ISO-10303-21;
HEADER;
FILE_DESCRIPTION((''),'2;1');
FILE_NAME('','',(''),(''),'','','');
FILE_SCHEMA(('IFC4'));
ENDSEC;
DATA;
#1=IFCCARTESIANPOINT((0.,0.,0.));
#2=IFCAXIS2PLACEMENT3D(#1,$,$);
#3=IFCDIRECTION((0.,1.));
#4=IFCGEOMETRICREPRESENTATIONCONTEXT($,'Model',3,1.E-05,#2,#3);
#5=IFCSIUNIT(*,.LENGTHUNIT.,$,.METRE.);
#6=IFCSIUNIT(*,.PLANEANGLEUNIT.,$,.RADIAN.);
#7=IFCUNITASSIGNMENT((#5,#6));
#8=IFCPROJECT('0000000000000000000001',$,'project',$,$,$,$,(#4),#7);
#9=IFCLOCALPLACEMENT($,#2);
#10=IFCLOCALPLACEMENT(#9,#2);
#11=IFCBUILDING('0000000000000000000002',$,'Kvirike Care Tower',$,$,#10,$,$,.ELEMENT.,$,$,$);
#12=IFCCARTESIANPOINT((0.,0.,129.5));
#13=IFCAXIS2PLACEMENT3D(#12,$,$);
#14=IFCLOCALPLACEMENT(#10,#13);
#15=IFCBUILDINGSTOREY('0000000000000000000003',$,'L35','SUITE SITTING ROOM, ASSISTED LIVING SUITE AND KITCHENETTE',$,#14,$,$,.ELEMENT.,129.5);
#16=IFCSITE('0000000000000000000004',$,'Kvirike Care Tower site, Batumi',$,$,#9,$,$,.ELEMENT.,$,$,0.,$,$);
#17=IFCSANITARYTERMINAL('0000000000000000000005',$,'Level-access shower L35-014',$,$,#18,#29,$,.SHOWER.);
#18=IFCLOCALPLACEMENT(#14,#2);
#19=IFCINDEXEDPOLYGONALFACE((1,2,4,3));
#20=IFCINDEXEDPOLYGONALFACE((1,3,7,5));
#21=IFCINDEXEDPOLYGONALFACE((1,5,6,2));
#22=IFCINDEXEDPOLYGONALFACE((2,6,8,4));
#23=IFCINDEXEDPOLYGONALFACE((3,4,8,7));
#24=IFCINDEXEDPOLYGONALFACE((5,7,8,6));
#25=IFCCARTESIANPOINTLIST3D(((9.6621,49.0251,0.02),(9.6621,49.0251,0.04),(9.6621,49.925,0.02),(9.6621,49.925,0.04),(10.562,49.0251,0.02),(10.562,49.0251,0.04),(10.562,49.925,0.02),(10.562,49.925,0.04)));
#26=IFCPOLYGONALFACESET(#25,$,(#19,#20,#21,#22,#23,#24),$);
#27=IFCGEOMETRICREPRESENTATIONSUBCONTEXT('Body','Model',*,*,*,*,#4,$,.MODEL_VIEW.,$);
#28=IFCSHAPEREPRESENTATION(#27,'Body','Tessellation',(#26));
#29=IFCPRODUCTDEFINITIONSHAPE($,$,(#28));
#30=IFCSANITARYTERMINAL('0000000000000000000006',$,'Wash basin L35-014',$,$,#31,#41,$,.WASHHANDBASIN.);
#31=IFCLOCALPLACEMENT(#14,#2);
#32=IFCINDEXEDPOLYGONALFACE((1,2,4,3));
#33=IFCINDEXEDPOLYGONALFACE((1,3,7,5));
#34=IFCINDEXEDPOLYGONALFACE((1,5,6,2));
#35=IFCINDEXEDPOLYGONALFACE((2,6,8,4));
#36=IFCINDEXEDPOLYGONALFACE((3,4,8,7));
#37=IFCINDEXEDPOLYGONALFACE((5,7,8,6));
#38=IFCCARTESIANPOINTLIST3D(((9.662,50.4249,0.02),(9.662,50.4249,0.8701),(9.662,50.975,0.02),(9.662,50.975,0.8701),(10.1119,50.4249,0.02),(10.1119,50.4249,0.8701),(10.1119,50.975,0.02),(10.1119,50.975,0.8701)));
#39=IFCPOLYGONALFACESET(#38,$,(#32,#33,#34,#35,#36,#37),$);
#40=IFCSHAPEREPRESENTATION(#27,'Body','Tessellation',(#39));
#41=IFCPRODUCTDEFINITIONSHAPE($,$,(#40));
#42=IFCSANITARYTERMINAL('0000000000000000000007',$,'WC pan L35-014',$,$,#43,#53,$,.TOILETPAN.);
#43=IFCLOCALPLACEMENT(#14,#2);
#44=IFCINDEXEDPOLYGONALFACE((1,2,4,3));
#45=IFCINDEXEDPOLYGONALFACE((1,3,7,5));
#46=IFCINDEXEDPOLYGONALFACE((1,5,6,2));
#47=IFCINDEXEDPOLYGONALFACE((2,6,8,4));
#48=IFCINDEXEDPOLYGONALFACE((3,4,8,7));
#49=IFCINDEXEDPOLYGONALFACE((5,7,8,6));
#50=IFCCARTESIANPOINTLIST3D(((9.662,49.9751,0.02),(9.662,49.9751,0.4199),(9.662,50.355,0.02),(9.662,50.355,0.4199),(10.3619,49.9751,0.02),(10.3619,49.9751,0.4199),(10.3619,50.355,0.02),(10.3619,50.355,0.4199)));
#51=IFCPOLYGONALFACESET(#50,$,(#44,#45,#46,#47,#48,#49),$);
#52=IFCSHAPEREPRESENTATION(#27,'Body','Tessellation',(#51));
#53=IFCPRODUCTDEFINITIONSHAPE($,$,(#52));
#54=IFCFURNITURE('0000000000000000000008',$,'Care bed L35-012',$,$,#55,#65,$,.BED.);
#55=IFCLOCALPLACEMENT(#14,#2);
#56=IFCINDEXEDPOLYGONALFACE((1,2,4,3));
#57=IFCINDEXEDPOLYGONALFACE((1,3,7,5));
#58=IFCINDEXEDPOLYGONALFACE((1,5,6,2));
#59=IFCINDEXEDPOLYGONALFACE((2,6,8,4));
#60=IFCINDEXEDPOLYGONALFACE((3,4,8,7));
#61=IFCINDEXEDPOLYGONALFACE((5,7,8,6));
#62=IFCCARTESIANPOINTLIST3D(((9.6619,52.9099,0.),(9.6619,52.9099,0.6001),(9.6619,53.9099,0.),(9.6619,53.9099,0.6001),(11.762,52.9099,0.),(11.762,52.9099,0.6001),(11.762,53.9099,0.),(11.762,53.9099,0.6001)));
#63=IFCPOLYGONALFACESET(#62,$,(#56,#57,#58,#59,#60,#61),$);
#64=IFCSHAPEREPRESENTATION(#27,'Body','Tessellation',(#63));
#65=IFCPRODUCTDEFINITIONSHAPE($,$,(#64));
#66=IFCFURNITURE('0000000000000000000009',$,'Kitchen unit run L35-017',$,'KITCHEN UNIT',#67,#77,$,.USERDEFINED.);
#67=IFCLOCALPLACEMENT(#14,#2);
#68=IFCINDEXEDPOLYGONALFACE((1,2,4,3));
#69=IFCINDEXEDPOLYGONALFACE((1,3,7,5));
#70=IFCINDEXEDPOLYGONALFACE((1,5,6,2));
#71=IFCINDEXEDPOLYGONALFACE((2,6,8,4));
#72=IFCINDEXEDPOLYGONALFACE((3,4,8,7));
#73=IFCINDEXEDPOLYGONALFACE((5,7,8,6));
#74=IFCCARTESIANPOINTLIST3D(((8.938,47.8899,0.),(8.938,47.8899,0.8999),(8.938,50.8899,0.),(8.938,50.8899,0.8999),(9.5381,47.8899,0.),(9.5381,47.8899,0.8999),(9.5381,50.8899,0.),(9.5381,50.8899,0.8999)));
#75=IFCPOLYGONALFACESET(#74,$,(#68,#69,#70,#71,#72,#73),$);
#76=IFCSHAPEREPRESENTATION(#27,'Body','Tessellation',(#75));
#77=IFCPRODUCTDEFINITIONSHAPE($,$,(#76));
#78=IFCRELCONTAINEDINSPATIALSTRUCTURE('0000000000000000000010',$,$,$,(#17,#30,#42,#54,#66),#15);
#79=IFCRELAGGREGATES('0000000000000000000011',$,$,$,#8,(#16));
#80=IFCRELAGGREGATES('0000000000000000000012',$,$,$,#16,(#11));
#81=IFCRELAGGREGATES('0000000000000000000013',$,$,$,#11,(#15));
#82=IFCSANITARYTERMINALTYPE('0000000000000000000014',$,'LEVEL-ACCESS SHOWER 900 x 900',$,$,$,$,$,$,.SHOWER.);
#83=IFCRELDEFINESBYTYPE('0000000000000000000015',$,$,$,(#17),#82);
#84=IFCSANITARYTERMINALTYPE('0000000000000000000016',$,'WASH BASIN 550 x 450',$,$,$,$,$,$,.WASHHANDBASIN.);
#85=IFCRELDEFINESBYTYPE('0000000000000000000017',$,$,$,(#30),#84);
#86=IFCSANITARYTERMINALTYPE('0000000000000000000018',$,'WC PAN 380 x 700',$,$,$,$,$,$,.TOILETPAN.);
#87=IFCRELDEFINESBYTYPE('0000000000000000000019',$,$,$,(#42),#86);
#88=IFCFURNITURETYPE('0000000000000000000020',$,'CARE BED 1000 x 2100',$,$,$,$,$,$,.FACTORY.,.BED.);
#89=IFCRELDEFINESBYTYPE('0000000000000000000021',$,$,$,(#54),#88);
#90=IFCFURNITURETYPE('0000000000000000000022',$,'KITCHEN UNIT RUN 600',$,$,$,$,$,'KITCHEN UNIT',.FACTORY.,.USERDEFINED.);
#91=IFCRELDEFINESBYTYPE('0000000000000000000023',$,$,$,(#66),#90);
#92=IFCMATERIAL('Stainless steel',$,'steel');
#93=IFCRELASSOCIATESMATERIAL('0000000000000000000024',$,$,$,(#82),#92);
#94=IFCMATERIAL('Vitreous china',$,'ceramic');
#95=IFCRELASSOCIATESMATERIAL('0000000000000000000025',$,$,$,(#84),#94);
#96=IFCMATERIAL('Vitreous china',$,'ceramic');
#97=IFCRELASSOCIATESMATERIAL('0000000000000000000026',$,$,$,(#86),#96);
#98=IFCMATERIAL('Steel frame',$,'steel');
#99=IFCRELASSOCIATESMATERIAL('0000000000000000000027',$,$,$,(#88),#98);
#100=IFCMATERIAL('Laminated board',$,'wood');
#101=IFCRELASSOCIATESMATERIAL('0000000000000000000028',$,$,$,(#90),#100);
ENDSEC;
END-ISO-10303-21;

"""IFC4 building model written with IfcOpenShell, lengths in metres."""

from ifc_helpers import new_model, si_unit, direction, frame, origin, origin_2d, place, context, subcontext, project, spatial, rectangle, extrude, material, type_object, element, save


model = new_model("IFC4")

# Units and contexts
model_context = context("Model", 3, precision=1e-05, world=origin(), true_north=direction((0.0, 1.0)))
body_context = subcontext(model_context, "Body", "Model", "MODEL_VIEW")
ifc_project = project(units=[si_unit("LENGTHUNIT", "METRE"), si_unit("PLANEANGLEUNIT", "RADIAN")], contexts=[model_context])

# Site, building, storey
site_placement = place(None, origin())
site = spatial("IfcSite", under=ifc_project, at=site_placement, Name="Kvirike Care Tower site, Batumi", CompositionType="ELEMENT", RefElevation=0.0)
building_placement = place(site_placement, origin())
building = spatial("IfcBuilding", under=site, at=building_placement, Name="Kvirike Care Tower", CompositionType="ELEMENT")
storey_placement = place(building_placement, frame((0.0, 0.0, 129.5)))
storey = spatial("IfcBuildingStorey", under=building, at=storey_placement, Name="L35", Description="SUITE SITTING ROOM, ASSISTED LIVING SUITE AND KITCHENETTE", CompositionType="ELEMENT", Elevation=129.5)

# Sanitary terminals
ifc_material_1 = material(Name="Stainless steel", Category="steel")
sanitary_terminal_type_1 = type_object("IfcSanitaryTerminalType", Name="LEVEL-ACCESS SHOWER 900 x 900", PredefinedType="SHOWER", material=ifc_material_1)
sanitary_terminal_1_placement = place(storey_placement, frame((10.1121, 49.4751, 0.02), z_axis=(0.0, 0.0, 1.0), x_axis=(0.0, 1.0, 0.0)))
element("IfcSanitaryTerminal", 1, at=sanitary_terminal_1_placement, inside=storey, type_object=sanitary_terminal_type_1, Name="Level-access shower L35-014", PredefinedType="SHOWER", context=body_context, shape_type="SweptSolid", body=[
    extrude(rectangle(XDim=0.8999, YDim=0.8999, at=origin_2d()), origin(), (0.0, 0.0, 1.0), 0.02),
])
ifc_material_2 = material(Name="Vitreous china", Category="ceramic")
sanitary_terminal_type_2 = type_object("IfcSanitaryTerminalType", Name="WASH BASIN 550 x 450", PredefinedType="WASHHANDBASIN", material=ifc_material_2)
sanitary_terminal_2_placement = place(storey_placement, frame((9.887, 50.7, 0.02), z_axis=(0.0, 0.0, 1.0), x_axis=(0.0, 1.0, 0.0)))
element("IfcSanitaryTerminal", 2, at=sanitary_terminal_2_placement, inside=storey, type_object=sanitary_terminal_type_2, Name="Wash basin L35-014", PredefinedType="WASHHANDBASIN", context=body_context, shape_type="SweptSolid", body=[
    extrude(rectangle(XDim=0.55, YDim=0.45, at=origin_2d()), origin(), (0.0, 0.0, 1.0), 0.8501),
])
ifc_material_3 = material(Name="Vitreous china", Category="ceramic")
sanitary_terminal_type_3 = type_object("IfcSanitaryTerminalType", Name="WC PAN 380 x 700", PredefinedType="TOILETPAN", material=ifc_material_3)
sanitary_terminal_3_placement = place(storey_placement, frame((10.012, 50.165, 0.02), z_axis=(0.0, 0.0, 1.0), x_axis=(0.0, 1.0, 0.0)))
element("IfcSanitaryTerminal", 3, at=sanitary_terminal_3_placement, inside=storey, type_object=sanitary_terminal_type_3, Name="WC pan L35-014", PredefinedType="TOILETPAN", context=body_context, shape_type="SweptSolid", body=[
    extrude(rectangle(XDim=0.3799, YDim=0.7, at=origin_2d()), origin(), (0.0, 0.0, 1.0), 0.3999),
])

# Furniture
ifc_material_4 = material(Name="Steel frame", Category="steel")
furniture_type_1 = type_object("IfcFurnitureType", Name="CARE BED 1000 x 2100", AssemblyPlace="FACTORY", PredefinedType="BED", material=ifc_material_4)
furniture_1_placement = place(storey_placement, frame((10.7119, 53.4099, 0.0), z_axis=(0.0, 0.0, 1.0), x_axis=(0.0, 1.0, 0.0)))
element("IfcFurniture", 4, at=furniture_1_placement, inside=storey, type_object=furniture_type_1, Name="Care bed L35-012", PredefinedType="BED", context=body_context, shape_type="SweptSolid", body=[
    extrude(rectangle(XDim=1.0, YDim=2.1001, at=origin_2d()), origin(), (0.0, 0.0, 1.0), 0.6001),
])
ifc_material_5 = material(Name="Laminated board", Category="wood")
furniture_type_2 = type_object("IfcFurnitureType", Name="KITCHEN UNIT RUN 600", ElementType="KITCHEN UNIT", AssemblyPlace="FACTORY", PredefinedType="USERDEFINED", material=ifc_material_5)
furniture_2_placement = place(storey_placement, frame((9.238, 49.3899, 0.0), z_axis=(0.0, 0.0, 1.0), x_axis=(0.0, -1.0, 0.0)))
element("IfcFurniture", 5, at=furniture_2_placement, inside=storey, type_object=furniture_type_2, Name="Kitchen unit run L35-017", ObjectType="KITCHEN UNIT", PredefinedType="USERDEFINED", context=body_context, shape_type="SweptSolid", body=[
    extrude(rectangle(XDim=3.0, YDim=0.6001, at=origin_2d()), origin(), (0.0, 0.0, 1.0), 0.8999),
])

save(model, "model.ifc")
